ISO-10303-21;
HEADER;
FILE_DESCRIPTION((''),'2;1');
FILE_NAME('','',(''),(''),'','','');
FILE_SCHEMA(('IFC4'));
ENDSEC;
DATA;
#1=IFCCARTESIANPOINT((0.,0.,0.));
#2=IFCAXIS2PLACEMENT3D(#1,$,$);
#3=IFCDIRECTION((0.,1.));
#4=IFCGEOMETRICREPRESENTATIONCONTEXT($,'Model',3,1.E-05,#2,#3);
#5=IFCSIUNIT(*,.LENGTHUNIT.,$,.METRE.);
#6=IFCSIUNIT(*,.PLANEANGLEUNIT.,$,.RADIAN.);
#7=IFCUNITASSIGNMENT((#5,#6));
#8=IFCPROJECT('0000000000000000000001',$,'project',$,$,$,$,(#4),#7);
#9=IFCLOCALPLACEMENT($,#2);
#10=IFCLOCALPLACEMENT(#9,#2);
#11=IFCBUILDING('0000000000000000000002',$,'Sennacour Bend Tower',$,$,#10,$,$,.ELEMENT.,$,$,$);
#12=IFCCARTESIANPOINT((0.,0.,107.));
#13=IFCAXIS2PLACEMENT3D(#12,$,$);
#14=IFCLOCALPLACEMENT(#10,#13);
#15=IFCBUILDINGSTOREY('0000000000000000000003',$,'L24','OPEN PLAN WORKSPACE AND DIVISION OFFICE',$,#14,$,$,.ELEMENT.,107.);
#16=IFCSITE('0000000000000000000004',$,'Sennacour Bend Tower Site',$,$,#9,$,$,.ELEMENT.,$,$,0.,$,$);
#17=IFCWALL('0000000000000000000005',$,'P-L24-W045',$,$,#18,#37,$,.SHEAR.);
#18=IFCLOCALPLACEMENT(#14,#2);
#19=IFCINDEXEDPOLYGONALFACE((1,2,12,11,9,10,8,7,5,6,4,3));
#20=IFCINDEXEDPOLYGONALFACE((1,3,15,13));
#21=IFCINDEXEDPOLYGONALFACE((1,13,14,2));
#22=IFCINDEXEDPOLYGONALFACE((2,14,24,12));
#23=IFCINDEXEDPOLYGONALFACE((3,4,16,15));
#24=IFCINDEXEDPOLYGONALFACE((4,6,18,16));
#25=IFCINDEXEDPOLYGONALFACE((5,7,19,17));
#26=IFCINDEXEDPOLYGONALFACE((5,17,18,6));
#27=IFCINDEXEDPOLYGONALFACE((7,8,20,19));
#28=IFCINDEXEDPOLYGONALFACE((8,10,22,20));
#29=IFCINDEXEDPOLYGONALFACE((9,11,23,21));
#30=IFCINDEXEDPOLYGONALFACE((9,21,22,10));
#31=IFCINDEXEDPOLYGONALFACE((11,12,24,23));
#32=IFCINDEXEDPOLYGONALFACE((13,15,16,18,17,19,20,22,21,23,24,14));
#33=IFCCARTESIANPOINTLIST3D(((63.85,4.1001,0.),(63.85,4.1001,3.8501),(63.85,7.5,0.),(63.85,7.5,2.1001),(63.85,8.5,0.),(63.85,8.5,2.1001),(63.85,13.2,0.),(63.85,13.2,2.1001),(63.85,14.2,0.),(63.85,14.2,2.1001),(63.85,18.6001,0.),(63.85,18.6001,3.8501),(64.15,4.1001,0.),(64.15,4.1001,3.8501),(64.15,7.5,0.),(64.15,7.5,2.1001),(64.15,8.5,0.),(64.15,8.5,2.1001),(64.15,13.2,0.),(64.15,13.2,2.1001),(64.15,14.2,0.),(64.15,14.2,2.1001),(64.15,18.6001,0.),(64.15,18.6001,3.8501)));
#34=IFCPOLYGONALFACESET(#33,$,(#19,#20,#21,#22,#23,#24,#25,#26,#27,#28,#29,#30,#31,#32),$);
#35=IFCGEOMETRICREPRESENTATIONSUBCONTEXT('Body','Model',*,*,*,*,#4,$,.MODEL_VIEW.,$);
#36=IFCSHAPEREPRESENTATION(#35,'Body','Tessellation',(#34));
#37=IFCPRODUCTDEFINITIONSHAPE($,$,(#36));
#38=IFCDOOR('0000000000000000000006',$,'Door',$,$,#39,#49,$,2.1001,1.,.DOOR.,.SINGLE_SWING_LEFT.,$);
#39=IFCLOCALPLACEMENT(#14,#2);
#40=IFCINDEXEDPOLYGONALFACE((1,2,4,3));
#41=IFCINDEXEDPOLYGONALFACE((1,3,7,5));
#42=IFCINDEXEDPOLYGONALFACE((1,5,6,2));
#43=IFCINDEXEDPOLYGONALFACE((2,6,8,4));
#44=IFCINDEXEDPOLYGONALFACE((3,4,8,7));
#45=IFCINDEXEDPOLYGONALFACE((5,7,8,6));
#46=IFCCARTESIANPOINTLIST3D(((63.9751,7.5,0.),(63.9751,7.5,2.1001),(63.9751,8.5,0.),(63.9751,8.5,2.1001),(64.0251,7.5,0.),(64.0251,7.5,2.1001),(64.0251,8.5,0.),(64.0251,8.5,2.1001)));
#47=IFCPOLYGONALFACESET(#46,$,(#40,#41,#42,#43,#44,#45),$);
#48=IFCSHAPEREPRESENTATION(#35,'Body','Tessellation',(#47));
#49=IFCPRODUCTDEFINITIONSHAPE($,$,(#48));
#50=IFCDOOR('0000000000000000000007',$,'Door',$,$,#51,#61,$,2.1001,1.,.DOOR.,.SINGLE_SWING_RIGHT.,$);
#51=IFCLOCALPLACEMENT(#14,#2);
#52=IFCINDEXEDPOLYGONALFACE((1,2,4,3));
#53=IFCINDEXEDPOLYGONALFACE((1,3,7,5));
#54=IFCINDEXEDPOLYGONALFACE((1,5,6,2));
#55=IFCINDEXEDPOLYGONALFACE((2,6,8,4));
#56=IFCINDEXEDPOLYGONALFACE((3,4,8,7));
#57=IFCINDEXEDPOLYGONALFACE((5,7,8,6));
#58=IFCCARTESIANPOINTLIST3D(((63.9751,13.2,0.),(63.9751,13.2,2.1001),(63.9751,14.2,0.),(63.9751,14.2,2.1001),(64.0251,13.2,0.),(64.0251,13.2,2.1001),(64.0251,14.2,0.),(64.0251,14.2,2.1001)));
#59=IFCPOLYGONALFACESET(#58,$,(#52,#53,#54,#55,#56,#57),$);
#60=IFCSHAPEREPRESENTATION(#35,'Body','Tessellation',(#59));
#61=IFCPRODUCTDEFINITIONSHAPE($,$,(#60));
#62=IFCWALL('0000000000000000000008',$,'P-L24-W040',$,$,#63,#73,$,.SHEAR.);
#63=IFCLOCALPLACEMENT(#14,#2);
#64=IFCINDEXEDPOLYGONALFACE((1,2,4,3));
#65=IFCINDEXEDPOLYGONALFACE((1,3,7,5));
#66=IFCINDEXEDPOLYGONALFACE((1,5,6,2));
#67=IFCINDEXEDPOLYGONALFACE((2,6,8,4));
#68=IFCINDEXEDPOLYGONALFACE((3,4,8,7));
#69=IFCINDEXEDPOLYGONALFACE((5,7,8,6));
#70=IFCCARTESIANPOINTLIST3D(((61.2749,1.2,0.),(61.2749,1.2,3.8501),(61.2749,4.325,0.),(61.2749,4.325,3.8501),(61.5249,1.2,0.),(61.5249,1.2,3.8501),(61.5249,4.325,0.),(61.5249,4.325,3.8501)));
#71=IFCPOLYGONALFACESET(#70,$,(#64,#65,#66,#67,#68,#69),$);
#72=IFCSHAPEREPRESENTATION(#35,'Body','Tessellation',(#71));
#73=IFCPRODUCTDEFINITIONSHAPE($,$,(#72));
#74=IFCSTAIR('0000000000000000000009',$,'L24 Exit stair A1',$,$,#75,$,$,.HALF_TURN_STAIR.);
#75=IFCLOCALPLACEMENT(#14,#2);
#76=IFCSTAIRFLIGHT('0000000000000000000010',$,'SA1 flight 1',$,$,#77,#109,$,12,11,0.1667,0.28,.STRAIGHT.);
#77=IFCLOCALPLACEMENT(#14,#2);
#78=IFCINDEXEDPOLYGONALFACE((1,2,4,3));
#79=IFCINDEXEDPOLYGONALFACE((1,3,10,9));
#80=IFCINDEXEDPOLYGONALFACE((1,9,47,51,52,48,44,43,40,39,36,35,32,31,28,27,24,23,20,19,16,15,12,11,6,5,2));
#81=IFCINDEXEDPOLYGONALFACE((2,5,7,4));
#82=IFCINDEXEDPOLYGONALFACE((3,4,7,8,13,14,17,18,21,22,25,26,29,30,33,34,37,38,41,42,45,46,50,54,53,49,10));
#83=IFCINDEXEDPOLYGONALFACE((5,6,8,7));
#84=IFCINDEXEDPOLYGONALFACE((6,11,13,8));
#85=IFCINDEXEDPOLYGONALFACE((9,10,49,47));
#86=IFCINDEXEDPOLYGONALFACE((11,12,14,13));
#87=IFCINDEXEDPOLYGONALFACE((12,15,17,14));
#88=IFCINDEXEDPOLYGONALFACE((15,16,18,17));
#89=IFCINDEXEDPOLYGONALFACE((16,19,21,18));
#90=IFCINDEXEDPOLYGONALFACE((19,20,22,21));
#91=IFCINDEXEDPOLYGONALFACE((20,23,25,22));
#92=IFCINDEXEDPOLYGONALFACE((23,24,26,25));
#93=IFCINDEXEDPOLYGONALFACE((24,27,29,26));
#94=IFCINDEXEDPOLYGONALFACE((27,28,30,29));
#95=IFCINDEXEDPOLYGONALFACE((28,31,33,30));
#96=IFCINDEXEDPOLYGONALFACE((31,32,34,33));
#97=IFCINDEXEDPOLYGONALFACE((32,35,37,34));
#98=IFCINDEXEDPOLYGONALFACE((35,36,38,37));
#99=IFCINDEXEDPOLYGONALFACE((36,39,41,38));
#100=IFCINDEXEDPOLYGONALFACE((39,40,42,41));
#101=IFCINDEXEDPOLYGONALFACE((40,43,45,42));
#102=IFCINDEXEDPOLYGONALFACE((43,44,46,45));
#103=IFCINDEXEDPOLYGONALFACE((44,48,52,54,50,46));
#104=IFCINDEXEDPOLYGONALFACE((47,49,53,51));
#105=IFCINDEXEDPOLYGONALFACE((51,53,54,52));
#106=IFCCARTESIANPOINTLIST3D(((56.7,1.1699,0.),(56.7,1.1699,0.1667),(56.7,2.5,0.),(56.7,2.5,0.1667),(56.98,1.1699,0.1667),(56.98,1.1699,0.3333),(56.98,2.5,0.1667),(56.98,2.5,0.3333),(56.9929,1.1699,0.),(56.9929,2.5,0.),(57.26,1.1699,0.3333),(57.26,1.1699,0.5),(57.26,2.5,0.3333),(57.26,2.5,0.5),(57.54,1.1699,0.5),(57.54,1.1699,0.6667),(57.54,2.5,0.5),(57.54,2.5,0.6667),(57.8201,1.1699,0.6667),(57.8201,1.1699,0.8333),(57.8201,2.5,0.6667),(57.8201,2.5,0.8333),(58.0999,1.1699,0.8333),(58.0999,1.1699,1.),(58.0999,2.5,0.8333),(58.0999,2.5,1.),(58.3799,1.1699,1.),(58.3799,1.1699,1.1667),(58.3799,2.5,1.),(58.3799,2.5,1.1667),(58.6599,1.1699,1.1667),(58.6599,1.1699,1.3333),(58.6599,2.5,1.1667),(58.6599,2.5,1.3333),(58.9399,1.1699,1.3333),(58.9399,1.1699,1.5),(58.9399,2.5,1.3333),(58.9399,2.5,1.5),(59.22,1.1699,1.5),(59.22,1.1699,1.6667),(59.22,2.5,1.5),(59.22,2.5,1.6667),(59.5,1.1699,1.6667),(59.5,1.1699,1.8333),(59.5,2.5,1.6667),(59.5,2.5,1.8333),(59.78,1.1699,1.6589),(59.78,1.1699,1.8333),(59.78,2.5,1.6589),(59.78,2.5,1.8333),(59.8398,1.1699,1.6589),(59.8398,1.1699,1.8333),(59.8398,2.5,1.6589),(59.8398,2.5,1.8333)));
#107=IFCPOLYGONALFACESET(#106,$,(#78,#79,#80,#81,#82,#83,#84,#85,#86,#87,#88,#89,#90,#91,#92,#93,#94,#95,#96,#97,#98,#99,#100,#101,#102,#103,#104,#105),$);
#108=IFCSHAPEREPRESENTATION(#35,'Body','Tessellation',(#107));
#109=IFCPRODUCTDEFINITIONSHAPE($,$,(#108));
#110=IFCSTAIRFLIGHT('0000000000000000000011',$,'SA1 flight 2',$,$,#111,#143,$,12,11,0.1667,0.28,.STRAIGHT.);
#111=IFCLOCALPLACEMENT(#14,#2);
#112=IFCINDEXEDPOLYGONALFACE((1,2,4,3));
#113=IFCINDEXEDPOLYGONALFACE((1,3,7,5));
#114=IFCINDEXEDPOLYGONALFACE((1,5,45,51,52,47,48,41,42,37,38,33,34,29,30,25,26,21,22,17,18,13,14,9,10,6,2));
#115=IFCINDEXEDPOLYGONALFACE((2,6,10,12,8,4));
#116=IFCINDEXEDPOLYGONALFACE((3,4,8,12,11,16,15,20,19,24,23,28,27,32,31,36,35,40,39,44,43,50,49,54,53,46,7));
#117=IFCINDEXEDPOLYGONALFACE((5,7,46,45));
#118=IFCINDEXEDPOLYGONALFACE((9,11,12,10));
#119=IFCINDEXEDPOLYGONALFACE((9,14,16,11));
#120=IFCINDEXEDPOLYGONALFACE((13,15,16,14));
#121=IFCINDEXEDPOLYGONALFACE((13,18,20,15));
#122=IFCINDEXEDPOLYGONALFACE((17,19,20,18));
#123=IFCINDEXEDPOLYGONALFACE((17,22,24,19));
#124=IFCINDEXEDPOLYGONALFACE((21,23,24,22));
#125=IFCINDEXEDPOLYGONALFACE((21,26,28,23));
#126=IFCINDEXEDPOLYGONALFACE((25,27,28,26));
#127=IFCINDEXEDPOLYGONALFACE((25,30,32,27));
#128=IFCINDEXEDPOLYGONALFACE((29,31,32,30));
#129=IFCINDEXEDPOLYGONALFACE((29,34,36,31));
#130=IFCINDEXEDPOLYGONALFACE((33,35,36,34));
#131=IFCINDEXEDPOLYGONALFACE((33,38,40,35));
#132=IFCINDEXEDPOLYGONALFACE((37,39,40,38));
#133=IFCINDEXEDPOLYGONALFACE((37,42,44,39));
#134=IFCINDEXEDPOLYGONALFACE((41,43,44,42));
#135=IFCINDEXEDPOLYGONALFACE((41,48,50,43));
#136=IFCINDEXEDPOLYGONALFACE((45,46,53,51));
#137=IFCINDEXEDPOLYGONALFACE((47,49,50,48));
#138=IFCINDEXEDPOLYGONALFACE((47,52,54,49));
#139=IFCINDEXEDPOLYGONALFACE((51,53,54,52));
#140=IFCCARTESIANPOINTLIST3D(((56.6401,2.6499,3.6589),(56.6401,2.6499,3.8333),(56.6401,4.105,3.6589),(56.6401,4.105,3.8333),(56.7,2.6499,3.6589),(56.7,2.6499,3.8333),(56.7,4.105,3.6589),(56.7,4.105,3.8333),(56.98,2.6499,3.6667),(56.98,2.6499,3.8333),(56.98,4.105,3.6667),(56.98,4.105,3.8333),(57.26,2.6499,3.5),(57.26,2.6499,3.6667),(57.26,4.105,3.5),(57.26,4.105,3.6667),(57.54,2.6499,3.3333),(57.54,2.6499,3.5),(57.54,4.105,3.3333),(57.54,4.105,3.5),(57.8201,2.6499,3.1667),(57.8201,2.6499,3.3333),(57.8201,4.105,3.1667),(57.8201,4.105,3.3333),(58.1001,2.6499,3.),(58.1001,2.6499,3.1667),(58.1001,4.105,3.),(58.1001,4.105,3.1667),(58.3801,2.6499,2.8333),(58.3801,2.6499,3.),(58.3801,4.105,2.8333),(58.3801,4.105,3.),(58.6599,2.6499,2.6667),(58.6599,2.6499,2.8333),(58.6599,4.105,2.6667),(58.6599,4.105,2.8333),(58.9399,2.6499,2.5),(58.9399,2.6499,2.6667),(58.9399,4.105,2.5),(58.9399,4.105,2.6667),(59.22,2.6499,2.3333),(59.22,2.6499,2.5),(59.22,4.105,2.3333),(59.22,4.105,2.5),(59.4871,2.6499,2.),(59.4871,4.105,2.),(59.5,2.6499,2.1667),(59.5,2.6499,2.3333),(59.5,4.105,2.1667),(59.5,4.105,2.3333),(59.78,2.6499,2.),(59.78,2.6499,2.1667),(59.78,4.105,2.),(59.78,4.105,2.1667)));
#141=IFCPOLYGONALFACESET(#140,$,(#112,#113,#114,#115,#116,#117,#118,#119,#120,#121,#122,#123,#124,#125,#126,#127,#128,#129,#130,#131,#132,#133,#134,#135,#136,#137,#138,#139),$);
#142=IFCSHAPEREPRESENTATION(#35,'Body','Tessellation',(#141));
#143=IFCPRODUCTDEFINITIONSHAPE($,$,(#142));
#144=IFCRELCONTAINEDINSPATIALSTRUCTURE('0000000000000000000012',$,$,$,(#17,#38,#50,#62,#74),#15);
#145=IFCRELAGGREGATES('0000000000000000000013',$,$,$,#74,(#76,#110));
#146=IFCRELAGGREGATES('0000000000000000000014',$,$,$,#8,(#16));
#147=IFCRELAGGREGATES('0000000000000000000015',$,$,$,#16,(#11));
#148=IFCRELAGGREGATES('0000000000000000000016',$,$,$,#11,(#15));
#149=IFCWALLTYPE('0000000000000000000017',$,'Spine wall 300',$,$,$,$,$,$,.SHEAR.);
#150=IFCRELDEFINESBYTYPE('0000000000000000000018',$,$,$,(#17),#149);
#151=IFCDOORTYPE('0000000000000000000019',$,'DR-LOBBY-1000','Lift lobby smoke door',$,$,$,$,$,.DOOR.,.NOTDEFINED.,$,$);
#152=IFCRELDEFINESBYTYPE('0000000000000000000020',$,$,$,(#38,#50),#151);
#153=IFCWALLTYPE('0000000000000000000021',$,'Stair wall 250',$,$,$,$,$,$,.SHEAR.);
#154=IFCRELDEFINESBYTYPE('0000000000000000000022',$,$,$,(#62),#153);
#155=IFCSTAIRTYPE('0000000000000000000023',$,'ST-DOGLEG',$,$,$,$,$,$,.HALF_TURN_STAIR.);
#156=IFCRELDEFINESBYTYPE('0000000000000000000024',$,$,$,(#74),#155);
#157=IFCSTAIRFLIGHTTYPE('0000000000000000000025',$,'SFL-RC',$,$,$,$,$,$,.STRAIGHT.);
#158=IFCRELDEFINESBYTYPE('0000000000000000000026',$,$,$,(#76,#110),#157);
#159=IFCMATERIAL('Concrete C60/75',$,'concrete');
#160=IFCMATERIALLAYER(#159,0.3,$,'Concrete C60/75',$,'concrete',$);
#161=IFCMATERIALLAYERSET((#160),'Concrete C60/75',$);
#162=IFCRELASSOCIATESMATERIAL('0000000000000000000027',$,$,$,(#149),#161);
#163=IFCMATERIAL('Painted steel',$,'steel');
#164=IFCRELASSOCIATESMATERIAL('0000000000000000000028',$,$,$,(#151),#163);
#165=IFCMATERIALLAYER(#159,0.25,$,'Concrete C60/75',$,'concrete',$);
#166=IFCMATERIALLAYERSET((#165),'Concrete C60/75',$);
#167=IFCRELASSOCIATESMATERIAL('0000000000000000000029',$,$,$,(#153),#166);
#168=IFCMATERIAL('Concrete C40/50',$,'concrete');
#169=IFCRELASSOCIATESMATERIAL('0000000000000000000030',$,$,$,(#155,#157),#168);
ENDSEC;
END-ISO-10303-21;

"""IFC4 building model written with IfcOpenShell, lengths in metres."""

from ifc_helpers import new_model, si_unit, direction, frame, frame_2d, origin, place, context, subcontext, project, spatial, polyline, rectangle, outline, extrude, material, layer, layer_set, type_object, element, fill, aggregate, save


model = new_model("IFC4")

# Units and contexts
model_context = context("Model", 3, precision=1e-05, world=origin(), true_north=direction((0.0, 1.0)))
body_context = subcontext(model_context, "Body", "Model", "MODEL_VIEW")
ifc_project = project(units=[si_unit("LENGTHUNIT", "METRE"), si_unit("PLANEANGLEUNIT", "RADIAN")], contexts=[model_context])

# Site, building, storey
site_placement = place(None, origin())
site = spatial("IfcSite", under=ifc_project, at=site_placement, Name="Sennacour Bend Tower Site", CompositionType="ELEMENT", RefElevation=0.0)
building_placement = place(site_placement, origin())
building = spatial("IfcBuilding", under=site, at=building_placement, Name="Sennacour Bend Tower", CompositionType="ELEMENT")
storey_placement = place(building_placement, frame((0.0, 0.0, 107.0)))
storey = spatial("IfcBuildingStorey", under=building, at=storey_placement, Name="L24", Description="OPEN PLAN WORKSPACE AND DIVISION OFFICE", CompositionType="ELEMENT", Elevation=107.0)

# Shared definitions
ifc_material_1 = material(Name="Painted steel", Category="steel")

# Wall, openings, doors
ifc_material_2 = material(Name="Concrete C60/75", Category="concrete")
ifc_layer_1 = layer(ifc_material_2, 0.3, Name="Concrete C60/75", Category="concrete")
ifc_layer_set_1 = layer_set([ifc_layer_1], Name="Concrete C60/75")
wall_type_1 = type_object("IfcWallType", Name="Spine wall 300", PredefinedType="SHEAR", material=ifc_layer_set_1)
wall_1_placement = place(storey_placement, frame((64.0, 4.1001, 0.0), z_axis=(0.0, 0.0, 1.0), x_axis=(0.0, 1.0, 0.0)))
wall_1 = element("IfcWall", 1, at=wall_1_placement, inside=storey, type_object=wall_type_1, Name="P-L24-W045", PredefinedType="SHEAR", context=body_context, shape_type="SweptSolid", body=[
    extrude(rectangle(XDim=14.5, YDim=0.3, at=frame_2d((7.25, 0.0))), origin(), (0.0, 0.0, 1.0), 3.8501),
])
opening_1_placement = place(wall_1_placement, frame((3.3999, 0.0, 0.0)))
opening_1 = element("IfcOpeningElement", 2, at=opening_1_placement, cuts=wall_1, PredefinedType="OPENING", context=body_context, shape_type="SweptSolid", body=[
    extrude(rectangle(XDim=1.0, YDim=2.1001, at=frame_2d((0.5, 1.05))), frame((0.0, 0.1602, 0.0), z_axis=(0.0, -1.0, 0.0), x_axis=(1.0, 0.0, 0.0)), (0.0, 0.0, 1.0), 0.3201),
])
opening_2_placement = place(wall_1_placement, frame((9.0999, 0.0, 0.0)))
opening_2 = element("IfcOpeningElement", 3, at=opening_2_placement, cuts=wall_1, PredefinedType="OPENING", context=body_context, shape_type="SweptSolid", body=[
    extrude(rectangle(XDim=1.0, YDim=2.1001, at=frame_2d((0.5, 1.05))), frame((0.0, 0.1602, 0.0), z_axis=(0.0, -1.0, 0.0), x_axis=(1.0, 0.0, 0.0)), (0.0, 0.0, 1.0), 0.3201),
])
door_type_1 = type_object("IfcDoorType", Name="DR-LOBBY-1000", Description="Lift lobby smoke door", OperationType="NOTDEFINED", PredefinedType="DOOR", material=ifc_material_1)
door_1_placement = place(opening_1_placement, origin())
door_1 = element("IfcDoor", 4, at=door_1_placement, inside=storey, type_object=door_type_1, Name="Door", OperationType="SINGLE_SWING_LEFT", OverallHeight=2.1001, OverallWidth=1.0, PredefinedType="DOOR", context=body_context, shape_type="SweptSolid", body=[
    extrude(rectangle(XDim=1.0, YDim=2.1001, at=frame_2d((0.5, 1.05))), frame((0.0, 0.0249, 0.0), z_axis=(0.0, -1.0, 0.0), x_axis=(1.0, 0.0, 0.0)), (0.0, 0.0, 1.0), 0.05),
])
fill(opening_1, door_1)
door_2_placement = place(opening_2_placement, origin())
door_2 = element("IfcDoor", 5, at=door_2_placement, inside=storey, type_object=door_type_1, Name="Door", OperationType="SINGLE_SWING_RIGHT", OverallHeight=2.1001, OverallWidth=1.0, PredefinedType="DOOR", context=body_context, shape_type="SweptSolid", body=[
    extrude(rectangle(XDim=1.0, YDim=2.1001, at=frame_2d((0.5, 1.05))), frame((0.0, 0.0249, 0.0), z_axis=(0.0, -1.0, 0.0), x_axis=(1.0, 0.0, 0.0)), (0.0, 0.0, 1.0), 0.05),
])
fill(opening_2, door_2)

# Wall
ifc_layer_2 = layer(ifc_material_2, 0.25, Name="Concrete C60/75", Category="concrete")
ifc_layer_set_2 = layer_set([ifc_layer_2], Name="Concrete C60/75")
wall_type_2 = type_object("IfcWallType", Name="Stair wall 250", PredefinedType="SHEAR", material=ifc_layer_set_2)
wall_2_placement = place(storey_placement, frame((61.3999, 1.2, 0.0), z_axis=(0.0, 0.0, 1.0), x_axis=(0.0, 1.0, 0.0)))
element("IfcWall", 6, at=wall_2_placement, inside=storey, type_object=wall_type_2, Name="P-L24-W040", PredefinedType="SHEAR", context=body_context, shape_type="SweptSolid", body=[
    extrude(rectangle(XDim=3.125, YDim=0.25, at=frame_2d((1.5625, 0.0))), origin(), (0.0, 0.0, 1.0), 3.8501),
])

# Stair, stair flights
ifc_material_3 = material(Name="Concrete C40/50", Category="concrete")
stair_type = type_object("IfcStairType", Name="ST-DOGLEG", PredefinedType="HALF_TURN_STAIR", material=ifc_material_3)
stair_placement = place(storey_placement, origin())
stair = element("IfcStair", 7, at=stair_placement, inside=storey, type_object=stair_type, Name="L24 Exit stair A1", PredefinedType="HALF_TURN_STAIR")
stair_flight_type = type_object("IfcStairFlightType", Name="SFL-RC", PredefinedType="STRAIGHT", material=ifc_material_3)
stair_flight_1_placement = place(storey_placement, frame((56.7, 1.835, 0.0), z_axis=(0.0, 0.0, 1.0), x_axis=(1.0, 0.0, 0.0)))
stair_flight_1 = element("IfcStairFlight", 8, at=stair_flight_1_placement, type_object=stair_flight_type, Name="SA1 flight 1", NumberOfRisers=12, NumberOfTreads=11, PredefinedType="STRAIGHT", RiserHeight=0.1667, TreadLength=0.28, context=body_context, shape_type="SweptSolid", body=[
    extrude(outline(polyline([(0.0, 0.0), (0.0, 0.1667), (0.28, 0.1667), (0.28, 0.3333), (0.5601, 0.3333), (0.5601, 0.5), (0.8401, 0.5), (0.8401, 0.6667), (1.1201, 0.6667), (1.1201, 0.8333), (1.3999, 0.8333), (1.3999, 1.0), (1.6799, 1.0), (1.6799, 1.1667), (1.96, 1.1667), (1.96, 1.3333), (2.24, 1.3333), (2.24, 1.5), (2.52, 1.5), (2.52, 1.6667), (2.8, 1.6667), (2.8, 1.8333), (3.0801, 1.8333), (3.1399, 1.8333), (3.1399, 1.6589), (3.0801, 1.6589), (0.293, 0.0), (0.0, 0.0)])), frame((0.0, 0.665, 0.0), z_axis=(0.0, -1.0, 0.0), x_axis=(1.0, 0.0, 0.0)), (0.0, 0.0, 1.0), 1.3301),
])
stair_flight_2_placement = place(storey_placement, frame((59.78, 3.3774, 2.0), z_axis=(0.0, 0.0, 1.0), x_axis=(-1.0, 0.0, 0.0)))
stair_flight_2 = element("IfcStairFlight", 9, at=stair_flight_2_placement, type_object=stair_flight_type, Name="SA1 flight 2", NumberOfRisers=12, NumberOfTreads=11, PredefinedType="STRAIGHT", RiserHeight=0.1667, TreadLength=0.28, context=body_context, shape_type="SweptSolid", body=[
    extrude(outline(polyline([(0.0, 0.0), (0.0, 0.1667), (0.28, 0.1667), (0.28, 0.3333), (0.5601, 0.3333), (0.5601, 0.5), (0.8401, 0.5), (0.8401, 0.6667), (1.1201, 0.6667), (1.1201, 0.8333), (1.3999, 0.8333), (1.3999, 1.0), (1.6799, 1.0), (1.6799, 1.1667), (1.96, 1.1667), (1.96, 1.3333), (2.24, 1.3333), (2.24, 1.5), (2.52, 1.5), (2.52, 1.6667), (2.8, 1.6667), (2.8, 1.8333), (3.0801, 1.8333), (3.1399, 1.8333), (3.1399, 1.6589), (3.0801, 1.6589), (0.293, 0.0), (0.0, 0.0)])), frame((0.0, 0.7275, 0.0), z_axis=(0.0, -1.0, 0.0), x_axis=(1.0, 0.0, 0.0)), (0.0, 0.0, 1.0), 1.4551),
])
aggregate(stair, [stair_flight_1, stair_flight_2])

save(model, "model.ifc")
